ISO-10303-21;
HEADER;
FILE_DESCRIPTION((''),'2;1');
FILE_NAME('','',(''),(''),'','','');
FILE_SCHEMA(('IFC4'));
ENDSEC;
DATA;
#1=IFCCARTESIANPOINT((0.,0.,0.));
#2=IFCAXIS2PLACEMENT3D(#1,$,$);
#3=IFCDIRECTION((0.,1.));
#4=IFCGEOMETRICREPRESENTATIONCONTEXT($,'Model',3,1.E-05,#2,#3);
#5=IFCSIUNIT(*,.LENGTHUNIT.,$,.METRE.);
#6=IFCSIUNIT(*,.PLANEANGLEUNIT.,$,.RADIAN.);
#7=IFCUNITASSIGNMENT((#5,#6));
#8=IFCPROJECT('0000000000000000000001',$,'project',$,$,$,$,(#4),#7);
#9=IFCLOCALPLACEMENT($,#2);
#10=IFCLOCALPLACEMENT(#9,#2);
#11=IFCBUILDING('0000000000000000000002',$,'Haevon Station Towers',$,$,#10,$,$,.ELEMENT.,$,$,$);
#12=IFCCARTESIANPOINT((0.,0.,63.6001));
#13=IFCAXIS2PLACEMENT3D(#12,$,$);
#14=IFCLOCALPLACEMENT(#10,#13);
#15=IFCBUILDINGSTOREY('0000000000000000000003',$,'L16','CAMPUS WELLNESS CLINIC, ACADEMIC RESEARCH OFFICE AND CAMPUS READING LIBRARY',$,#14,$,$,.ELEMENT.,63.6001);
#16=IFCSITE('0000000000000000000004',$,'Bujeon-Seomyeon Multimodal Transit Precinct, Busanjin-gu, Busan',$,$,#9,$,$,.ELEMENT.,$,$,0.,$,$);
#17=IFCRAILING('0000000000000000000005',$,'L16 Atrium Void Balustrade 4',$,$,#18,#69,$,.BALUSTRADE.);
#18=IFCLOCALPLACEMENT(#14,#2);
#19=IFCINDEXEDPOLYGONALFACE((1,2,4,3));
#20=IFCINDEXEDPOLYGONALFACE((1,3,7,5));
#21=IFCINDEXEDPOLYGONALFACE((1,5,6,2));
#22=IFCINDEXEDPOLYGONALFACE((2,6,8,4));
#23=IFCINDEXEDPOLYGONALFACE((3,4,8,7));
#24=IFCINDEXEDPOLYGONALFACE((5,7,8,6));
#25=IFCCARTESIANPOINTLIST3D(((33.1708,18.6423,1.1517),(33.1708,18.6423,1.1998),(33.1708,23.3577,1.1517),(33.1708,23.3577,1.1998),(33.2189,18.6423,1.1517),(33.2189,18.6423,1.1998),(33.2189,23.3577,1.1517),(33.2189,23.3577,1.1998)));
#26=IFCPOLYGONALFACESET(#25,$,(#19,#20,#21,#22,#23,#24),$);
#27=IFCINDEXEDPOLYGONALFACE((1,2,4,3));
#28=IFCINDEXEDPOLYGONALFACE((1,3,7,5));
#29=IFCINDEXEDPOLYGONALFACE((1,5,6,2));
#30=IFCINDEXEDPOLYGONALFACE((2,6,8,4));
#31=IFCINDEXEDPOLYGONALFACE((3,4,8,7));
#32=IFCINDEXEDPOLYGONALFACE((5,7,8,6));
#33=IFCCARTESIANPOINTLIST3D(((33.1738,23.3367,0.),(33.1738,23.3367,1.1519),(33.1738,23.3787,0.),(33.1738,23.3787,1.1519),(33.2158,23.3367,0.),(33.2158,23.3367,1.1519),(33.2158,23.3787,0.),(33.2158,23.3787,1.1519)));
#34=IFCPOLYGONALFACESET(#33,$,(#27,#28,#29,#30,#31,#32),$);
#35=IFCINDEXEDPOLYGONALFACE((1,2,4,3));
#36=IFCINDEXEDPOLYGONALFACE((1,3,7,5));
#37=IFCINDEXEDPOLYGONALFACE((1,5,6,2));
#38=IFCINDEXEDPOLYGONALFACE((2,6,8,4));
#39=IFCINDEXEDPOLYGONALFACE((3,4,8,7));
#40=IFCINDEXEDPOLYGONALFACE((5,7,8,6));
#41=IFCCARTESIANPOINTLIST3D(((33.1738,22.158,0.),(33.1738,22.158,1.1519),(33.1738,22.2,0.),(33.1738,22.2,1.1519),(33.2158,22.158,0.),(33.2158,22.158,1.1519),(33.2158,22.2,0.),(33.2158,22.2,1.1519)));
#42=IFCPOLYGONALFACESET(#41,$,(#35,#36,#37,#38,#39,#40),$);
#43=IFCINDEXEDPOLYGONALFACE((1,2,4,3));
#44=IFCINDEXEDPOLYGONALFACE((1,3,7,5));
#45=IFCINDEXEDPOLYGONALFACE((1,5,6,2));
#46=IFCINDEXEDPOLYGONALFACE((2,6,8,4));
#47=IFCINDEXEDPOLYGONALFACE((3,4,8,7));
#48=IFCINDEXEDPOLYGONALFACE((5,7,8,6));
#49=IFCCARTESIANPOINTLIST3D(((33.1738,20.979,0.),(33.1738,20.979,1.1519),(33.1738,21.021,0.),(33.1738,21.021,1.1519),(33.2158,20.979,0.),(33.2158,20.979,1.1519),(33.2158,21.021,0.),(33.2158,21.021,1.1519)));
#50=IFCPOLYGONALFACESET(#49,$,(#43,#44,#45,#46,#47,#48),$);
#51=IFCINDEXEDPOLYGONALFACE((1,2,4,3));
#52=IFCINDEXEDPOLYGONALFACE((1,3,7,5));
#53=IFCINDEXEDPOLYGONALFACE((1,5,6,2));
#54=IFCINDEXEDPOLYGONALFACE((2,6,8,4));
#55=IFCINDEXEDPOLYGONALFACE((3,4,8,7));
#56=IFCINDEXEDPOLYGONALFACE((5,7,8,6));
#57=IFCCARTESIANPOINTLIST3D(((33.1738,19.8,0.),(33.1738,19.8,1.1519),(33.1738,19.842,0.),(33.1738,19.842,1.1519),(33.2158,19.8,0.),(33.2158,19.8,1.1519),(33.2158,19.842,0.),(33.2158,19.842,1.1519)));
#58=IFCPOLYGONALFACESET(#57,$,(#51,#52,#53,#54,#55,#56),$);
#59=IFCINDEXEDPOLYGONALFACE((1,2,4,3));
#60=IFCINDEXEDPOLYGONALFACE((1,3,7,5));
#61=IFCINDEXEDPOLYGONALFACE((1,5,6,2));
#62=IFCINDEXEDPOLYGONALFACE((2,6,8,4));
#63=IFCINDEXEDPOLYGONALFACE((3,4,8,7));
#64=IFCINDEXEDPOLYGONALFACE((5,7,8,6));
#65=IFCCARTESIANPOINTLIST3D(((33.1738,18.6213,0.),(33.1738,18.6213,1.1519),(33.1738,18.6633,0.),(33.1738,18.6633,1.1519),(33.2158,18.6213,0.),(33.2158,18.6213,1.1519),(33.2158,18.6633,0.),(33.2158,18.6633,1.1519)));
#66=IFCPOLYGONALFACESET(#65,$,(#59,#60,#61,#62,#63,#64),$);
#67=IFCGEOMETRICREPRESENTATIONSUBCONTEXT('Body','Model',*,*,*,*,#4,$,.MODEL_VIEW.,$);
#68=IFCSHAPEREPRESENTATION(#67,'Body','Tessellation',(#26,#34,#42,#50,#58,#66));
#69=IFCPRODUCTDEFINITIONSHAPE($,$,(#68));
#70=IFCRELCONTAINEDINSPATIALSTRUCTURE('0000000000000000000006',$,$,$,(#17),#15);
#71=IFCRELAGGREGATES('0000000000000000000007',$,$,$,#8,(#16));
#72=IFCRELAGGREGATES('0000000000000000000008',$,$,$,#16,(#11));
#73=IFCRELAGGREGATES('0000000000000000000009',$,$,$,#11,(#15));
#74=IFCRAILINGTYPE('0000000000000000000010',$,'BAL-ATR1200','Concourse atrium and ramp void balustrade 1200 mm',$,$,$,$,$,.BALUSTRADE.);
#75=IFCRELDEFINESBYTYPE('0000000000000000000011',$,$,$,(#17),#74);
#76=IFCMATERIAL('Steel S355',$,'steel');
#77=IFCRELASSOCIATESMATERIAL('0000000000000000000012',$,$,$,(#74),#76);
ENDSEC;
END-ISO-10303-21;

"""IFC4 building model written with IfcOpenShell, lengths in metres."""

from ifc_helpers import new_model, si_unit, direction, frame, origin, origin_2d, place, context, subcontext, project, spatial, rectangle, extrude, material, type_object, element, save


model = new_model("IFC4")

# Units and contexts
model_context = context("Model", 3, precision=1e-05, world=origin(), true_north=direction((0.0, 1.0)))
body_context = subcontext(model_context, "Body", "Model", "MODEL_VIEW")
ifc_project = project(units=[si_unit("LENGTHUNIT", "METRE"), si_unit("PLANEANGLEUNIT", "RADIAN")], contexts=[model_context])

# Site, building, storey
site_placement = place(None, origin())
site = spatial("IfcSite", under=ifc_project, at=site_placement, Name="Bujeon-Seomyeon Multimodal Transit Precinct, Busanjin-gu, Busan", CompositionType="ELEMENT", RefElevation=0.0)
building_placement = place(site_placement, origin())
building = spatial("IfcBuilding", under=site, at=building_placement, Name="Haevon Station Towers", CompositionType="ELEMENT")
storey_placement = place(building_placement, frame((0.0, 0.0, 63.6001)))
storey = spatial("IfcBuildingStorey", under=building, at=storey_placement, Name="L16", Description="CAMPUS WELLNESS CLINIC, ACADEMIC RESEARCH OFFICE AND CAMPUS READING LIBRARY", CompositionType="ELEMENT", Elevation=63.6001)

# Shared definitions
ifc_material_1 = material(Name="Steel S355", Category="steel")

# Railing
railing_type = type_object("IfcRailingType", Name="BAL-ATR1200", Description="Concourse atrium and ramp void balustrade 1200 mm", PredefinedType="BALUSTRADE", material=ifc_material_1)
railing_1_placement = place(storey_placement, frame((33.1948, 23.3577, 0.0)))
element("IfcRailing", 1, at=railing_1_placement, inside=storey, type_object=railing_type, Name="L16 Atrium Void Balustrade 4", PredefinedType="BALUSTRADE", context=body_context, shape_type="SweptSolid", body=[
    extrude(rectangle(XDim=0.0481, YDim=0.0481, at=origin_2d()), frame((0.0, 0.0, 1.1758), z_axis=(0.0, -1.0, 0.0), x_axis=(1.0, 0.0, 0.0)), (0.0, 0.0, 1.0), 4.7153),
    extrude(rectangle(XDim=0.042, YDim=0.042, at=origin_2d()), origin(), (0.0, 0.0, 1.0), 1.1519),
    extrude(rectangle(XDim=0.042, YDim=0.042, at=origin_2d()), frame((0.0, -1.1787, 0.0)), (0.0, 0.0, 1.0), 1.1519),
    extrude(rectangle(XDim=0.042, YDim=0.042, at=origin_2d()), frame((0.0, -2.3577, 0.0)), (0.0, 0.0, 1.0), 1.1519),
    extrude(rectangle(XDim=0.042, YDim=0.042, at=origin_2d()), frame((0.0, -3.5366, 0.0)), (0.0, 0.0, 1.0), 1.1519),
    extrude(rectangle(XDim=0.042, YDim=0.042, at=origin_2d()), frame((0.0, -4.7153, 0.0)), (0.0, 0.0, 1.0), 1.1519),
])

save(model, "model.ifc")
